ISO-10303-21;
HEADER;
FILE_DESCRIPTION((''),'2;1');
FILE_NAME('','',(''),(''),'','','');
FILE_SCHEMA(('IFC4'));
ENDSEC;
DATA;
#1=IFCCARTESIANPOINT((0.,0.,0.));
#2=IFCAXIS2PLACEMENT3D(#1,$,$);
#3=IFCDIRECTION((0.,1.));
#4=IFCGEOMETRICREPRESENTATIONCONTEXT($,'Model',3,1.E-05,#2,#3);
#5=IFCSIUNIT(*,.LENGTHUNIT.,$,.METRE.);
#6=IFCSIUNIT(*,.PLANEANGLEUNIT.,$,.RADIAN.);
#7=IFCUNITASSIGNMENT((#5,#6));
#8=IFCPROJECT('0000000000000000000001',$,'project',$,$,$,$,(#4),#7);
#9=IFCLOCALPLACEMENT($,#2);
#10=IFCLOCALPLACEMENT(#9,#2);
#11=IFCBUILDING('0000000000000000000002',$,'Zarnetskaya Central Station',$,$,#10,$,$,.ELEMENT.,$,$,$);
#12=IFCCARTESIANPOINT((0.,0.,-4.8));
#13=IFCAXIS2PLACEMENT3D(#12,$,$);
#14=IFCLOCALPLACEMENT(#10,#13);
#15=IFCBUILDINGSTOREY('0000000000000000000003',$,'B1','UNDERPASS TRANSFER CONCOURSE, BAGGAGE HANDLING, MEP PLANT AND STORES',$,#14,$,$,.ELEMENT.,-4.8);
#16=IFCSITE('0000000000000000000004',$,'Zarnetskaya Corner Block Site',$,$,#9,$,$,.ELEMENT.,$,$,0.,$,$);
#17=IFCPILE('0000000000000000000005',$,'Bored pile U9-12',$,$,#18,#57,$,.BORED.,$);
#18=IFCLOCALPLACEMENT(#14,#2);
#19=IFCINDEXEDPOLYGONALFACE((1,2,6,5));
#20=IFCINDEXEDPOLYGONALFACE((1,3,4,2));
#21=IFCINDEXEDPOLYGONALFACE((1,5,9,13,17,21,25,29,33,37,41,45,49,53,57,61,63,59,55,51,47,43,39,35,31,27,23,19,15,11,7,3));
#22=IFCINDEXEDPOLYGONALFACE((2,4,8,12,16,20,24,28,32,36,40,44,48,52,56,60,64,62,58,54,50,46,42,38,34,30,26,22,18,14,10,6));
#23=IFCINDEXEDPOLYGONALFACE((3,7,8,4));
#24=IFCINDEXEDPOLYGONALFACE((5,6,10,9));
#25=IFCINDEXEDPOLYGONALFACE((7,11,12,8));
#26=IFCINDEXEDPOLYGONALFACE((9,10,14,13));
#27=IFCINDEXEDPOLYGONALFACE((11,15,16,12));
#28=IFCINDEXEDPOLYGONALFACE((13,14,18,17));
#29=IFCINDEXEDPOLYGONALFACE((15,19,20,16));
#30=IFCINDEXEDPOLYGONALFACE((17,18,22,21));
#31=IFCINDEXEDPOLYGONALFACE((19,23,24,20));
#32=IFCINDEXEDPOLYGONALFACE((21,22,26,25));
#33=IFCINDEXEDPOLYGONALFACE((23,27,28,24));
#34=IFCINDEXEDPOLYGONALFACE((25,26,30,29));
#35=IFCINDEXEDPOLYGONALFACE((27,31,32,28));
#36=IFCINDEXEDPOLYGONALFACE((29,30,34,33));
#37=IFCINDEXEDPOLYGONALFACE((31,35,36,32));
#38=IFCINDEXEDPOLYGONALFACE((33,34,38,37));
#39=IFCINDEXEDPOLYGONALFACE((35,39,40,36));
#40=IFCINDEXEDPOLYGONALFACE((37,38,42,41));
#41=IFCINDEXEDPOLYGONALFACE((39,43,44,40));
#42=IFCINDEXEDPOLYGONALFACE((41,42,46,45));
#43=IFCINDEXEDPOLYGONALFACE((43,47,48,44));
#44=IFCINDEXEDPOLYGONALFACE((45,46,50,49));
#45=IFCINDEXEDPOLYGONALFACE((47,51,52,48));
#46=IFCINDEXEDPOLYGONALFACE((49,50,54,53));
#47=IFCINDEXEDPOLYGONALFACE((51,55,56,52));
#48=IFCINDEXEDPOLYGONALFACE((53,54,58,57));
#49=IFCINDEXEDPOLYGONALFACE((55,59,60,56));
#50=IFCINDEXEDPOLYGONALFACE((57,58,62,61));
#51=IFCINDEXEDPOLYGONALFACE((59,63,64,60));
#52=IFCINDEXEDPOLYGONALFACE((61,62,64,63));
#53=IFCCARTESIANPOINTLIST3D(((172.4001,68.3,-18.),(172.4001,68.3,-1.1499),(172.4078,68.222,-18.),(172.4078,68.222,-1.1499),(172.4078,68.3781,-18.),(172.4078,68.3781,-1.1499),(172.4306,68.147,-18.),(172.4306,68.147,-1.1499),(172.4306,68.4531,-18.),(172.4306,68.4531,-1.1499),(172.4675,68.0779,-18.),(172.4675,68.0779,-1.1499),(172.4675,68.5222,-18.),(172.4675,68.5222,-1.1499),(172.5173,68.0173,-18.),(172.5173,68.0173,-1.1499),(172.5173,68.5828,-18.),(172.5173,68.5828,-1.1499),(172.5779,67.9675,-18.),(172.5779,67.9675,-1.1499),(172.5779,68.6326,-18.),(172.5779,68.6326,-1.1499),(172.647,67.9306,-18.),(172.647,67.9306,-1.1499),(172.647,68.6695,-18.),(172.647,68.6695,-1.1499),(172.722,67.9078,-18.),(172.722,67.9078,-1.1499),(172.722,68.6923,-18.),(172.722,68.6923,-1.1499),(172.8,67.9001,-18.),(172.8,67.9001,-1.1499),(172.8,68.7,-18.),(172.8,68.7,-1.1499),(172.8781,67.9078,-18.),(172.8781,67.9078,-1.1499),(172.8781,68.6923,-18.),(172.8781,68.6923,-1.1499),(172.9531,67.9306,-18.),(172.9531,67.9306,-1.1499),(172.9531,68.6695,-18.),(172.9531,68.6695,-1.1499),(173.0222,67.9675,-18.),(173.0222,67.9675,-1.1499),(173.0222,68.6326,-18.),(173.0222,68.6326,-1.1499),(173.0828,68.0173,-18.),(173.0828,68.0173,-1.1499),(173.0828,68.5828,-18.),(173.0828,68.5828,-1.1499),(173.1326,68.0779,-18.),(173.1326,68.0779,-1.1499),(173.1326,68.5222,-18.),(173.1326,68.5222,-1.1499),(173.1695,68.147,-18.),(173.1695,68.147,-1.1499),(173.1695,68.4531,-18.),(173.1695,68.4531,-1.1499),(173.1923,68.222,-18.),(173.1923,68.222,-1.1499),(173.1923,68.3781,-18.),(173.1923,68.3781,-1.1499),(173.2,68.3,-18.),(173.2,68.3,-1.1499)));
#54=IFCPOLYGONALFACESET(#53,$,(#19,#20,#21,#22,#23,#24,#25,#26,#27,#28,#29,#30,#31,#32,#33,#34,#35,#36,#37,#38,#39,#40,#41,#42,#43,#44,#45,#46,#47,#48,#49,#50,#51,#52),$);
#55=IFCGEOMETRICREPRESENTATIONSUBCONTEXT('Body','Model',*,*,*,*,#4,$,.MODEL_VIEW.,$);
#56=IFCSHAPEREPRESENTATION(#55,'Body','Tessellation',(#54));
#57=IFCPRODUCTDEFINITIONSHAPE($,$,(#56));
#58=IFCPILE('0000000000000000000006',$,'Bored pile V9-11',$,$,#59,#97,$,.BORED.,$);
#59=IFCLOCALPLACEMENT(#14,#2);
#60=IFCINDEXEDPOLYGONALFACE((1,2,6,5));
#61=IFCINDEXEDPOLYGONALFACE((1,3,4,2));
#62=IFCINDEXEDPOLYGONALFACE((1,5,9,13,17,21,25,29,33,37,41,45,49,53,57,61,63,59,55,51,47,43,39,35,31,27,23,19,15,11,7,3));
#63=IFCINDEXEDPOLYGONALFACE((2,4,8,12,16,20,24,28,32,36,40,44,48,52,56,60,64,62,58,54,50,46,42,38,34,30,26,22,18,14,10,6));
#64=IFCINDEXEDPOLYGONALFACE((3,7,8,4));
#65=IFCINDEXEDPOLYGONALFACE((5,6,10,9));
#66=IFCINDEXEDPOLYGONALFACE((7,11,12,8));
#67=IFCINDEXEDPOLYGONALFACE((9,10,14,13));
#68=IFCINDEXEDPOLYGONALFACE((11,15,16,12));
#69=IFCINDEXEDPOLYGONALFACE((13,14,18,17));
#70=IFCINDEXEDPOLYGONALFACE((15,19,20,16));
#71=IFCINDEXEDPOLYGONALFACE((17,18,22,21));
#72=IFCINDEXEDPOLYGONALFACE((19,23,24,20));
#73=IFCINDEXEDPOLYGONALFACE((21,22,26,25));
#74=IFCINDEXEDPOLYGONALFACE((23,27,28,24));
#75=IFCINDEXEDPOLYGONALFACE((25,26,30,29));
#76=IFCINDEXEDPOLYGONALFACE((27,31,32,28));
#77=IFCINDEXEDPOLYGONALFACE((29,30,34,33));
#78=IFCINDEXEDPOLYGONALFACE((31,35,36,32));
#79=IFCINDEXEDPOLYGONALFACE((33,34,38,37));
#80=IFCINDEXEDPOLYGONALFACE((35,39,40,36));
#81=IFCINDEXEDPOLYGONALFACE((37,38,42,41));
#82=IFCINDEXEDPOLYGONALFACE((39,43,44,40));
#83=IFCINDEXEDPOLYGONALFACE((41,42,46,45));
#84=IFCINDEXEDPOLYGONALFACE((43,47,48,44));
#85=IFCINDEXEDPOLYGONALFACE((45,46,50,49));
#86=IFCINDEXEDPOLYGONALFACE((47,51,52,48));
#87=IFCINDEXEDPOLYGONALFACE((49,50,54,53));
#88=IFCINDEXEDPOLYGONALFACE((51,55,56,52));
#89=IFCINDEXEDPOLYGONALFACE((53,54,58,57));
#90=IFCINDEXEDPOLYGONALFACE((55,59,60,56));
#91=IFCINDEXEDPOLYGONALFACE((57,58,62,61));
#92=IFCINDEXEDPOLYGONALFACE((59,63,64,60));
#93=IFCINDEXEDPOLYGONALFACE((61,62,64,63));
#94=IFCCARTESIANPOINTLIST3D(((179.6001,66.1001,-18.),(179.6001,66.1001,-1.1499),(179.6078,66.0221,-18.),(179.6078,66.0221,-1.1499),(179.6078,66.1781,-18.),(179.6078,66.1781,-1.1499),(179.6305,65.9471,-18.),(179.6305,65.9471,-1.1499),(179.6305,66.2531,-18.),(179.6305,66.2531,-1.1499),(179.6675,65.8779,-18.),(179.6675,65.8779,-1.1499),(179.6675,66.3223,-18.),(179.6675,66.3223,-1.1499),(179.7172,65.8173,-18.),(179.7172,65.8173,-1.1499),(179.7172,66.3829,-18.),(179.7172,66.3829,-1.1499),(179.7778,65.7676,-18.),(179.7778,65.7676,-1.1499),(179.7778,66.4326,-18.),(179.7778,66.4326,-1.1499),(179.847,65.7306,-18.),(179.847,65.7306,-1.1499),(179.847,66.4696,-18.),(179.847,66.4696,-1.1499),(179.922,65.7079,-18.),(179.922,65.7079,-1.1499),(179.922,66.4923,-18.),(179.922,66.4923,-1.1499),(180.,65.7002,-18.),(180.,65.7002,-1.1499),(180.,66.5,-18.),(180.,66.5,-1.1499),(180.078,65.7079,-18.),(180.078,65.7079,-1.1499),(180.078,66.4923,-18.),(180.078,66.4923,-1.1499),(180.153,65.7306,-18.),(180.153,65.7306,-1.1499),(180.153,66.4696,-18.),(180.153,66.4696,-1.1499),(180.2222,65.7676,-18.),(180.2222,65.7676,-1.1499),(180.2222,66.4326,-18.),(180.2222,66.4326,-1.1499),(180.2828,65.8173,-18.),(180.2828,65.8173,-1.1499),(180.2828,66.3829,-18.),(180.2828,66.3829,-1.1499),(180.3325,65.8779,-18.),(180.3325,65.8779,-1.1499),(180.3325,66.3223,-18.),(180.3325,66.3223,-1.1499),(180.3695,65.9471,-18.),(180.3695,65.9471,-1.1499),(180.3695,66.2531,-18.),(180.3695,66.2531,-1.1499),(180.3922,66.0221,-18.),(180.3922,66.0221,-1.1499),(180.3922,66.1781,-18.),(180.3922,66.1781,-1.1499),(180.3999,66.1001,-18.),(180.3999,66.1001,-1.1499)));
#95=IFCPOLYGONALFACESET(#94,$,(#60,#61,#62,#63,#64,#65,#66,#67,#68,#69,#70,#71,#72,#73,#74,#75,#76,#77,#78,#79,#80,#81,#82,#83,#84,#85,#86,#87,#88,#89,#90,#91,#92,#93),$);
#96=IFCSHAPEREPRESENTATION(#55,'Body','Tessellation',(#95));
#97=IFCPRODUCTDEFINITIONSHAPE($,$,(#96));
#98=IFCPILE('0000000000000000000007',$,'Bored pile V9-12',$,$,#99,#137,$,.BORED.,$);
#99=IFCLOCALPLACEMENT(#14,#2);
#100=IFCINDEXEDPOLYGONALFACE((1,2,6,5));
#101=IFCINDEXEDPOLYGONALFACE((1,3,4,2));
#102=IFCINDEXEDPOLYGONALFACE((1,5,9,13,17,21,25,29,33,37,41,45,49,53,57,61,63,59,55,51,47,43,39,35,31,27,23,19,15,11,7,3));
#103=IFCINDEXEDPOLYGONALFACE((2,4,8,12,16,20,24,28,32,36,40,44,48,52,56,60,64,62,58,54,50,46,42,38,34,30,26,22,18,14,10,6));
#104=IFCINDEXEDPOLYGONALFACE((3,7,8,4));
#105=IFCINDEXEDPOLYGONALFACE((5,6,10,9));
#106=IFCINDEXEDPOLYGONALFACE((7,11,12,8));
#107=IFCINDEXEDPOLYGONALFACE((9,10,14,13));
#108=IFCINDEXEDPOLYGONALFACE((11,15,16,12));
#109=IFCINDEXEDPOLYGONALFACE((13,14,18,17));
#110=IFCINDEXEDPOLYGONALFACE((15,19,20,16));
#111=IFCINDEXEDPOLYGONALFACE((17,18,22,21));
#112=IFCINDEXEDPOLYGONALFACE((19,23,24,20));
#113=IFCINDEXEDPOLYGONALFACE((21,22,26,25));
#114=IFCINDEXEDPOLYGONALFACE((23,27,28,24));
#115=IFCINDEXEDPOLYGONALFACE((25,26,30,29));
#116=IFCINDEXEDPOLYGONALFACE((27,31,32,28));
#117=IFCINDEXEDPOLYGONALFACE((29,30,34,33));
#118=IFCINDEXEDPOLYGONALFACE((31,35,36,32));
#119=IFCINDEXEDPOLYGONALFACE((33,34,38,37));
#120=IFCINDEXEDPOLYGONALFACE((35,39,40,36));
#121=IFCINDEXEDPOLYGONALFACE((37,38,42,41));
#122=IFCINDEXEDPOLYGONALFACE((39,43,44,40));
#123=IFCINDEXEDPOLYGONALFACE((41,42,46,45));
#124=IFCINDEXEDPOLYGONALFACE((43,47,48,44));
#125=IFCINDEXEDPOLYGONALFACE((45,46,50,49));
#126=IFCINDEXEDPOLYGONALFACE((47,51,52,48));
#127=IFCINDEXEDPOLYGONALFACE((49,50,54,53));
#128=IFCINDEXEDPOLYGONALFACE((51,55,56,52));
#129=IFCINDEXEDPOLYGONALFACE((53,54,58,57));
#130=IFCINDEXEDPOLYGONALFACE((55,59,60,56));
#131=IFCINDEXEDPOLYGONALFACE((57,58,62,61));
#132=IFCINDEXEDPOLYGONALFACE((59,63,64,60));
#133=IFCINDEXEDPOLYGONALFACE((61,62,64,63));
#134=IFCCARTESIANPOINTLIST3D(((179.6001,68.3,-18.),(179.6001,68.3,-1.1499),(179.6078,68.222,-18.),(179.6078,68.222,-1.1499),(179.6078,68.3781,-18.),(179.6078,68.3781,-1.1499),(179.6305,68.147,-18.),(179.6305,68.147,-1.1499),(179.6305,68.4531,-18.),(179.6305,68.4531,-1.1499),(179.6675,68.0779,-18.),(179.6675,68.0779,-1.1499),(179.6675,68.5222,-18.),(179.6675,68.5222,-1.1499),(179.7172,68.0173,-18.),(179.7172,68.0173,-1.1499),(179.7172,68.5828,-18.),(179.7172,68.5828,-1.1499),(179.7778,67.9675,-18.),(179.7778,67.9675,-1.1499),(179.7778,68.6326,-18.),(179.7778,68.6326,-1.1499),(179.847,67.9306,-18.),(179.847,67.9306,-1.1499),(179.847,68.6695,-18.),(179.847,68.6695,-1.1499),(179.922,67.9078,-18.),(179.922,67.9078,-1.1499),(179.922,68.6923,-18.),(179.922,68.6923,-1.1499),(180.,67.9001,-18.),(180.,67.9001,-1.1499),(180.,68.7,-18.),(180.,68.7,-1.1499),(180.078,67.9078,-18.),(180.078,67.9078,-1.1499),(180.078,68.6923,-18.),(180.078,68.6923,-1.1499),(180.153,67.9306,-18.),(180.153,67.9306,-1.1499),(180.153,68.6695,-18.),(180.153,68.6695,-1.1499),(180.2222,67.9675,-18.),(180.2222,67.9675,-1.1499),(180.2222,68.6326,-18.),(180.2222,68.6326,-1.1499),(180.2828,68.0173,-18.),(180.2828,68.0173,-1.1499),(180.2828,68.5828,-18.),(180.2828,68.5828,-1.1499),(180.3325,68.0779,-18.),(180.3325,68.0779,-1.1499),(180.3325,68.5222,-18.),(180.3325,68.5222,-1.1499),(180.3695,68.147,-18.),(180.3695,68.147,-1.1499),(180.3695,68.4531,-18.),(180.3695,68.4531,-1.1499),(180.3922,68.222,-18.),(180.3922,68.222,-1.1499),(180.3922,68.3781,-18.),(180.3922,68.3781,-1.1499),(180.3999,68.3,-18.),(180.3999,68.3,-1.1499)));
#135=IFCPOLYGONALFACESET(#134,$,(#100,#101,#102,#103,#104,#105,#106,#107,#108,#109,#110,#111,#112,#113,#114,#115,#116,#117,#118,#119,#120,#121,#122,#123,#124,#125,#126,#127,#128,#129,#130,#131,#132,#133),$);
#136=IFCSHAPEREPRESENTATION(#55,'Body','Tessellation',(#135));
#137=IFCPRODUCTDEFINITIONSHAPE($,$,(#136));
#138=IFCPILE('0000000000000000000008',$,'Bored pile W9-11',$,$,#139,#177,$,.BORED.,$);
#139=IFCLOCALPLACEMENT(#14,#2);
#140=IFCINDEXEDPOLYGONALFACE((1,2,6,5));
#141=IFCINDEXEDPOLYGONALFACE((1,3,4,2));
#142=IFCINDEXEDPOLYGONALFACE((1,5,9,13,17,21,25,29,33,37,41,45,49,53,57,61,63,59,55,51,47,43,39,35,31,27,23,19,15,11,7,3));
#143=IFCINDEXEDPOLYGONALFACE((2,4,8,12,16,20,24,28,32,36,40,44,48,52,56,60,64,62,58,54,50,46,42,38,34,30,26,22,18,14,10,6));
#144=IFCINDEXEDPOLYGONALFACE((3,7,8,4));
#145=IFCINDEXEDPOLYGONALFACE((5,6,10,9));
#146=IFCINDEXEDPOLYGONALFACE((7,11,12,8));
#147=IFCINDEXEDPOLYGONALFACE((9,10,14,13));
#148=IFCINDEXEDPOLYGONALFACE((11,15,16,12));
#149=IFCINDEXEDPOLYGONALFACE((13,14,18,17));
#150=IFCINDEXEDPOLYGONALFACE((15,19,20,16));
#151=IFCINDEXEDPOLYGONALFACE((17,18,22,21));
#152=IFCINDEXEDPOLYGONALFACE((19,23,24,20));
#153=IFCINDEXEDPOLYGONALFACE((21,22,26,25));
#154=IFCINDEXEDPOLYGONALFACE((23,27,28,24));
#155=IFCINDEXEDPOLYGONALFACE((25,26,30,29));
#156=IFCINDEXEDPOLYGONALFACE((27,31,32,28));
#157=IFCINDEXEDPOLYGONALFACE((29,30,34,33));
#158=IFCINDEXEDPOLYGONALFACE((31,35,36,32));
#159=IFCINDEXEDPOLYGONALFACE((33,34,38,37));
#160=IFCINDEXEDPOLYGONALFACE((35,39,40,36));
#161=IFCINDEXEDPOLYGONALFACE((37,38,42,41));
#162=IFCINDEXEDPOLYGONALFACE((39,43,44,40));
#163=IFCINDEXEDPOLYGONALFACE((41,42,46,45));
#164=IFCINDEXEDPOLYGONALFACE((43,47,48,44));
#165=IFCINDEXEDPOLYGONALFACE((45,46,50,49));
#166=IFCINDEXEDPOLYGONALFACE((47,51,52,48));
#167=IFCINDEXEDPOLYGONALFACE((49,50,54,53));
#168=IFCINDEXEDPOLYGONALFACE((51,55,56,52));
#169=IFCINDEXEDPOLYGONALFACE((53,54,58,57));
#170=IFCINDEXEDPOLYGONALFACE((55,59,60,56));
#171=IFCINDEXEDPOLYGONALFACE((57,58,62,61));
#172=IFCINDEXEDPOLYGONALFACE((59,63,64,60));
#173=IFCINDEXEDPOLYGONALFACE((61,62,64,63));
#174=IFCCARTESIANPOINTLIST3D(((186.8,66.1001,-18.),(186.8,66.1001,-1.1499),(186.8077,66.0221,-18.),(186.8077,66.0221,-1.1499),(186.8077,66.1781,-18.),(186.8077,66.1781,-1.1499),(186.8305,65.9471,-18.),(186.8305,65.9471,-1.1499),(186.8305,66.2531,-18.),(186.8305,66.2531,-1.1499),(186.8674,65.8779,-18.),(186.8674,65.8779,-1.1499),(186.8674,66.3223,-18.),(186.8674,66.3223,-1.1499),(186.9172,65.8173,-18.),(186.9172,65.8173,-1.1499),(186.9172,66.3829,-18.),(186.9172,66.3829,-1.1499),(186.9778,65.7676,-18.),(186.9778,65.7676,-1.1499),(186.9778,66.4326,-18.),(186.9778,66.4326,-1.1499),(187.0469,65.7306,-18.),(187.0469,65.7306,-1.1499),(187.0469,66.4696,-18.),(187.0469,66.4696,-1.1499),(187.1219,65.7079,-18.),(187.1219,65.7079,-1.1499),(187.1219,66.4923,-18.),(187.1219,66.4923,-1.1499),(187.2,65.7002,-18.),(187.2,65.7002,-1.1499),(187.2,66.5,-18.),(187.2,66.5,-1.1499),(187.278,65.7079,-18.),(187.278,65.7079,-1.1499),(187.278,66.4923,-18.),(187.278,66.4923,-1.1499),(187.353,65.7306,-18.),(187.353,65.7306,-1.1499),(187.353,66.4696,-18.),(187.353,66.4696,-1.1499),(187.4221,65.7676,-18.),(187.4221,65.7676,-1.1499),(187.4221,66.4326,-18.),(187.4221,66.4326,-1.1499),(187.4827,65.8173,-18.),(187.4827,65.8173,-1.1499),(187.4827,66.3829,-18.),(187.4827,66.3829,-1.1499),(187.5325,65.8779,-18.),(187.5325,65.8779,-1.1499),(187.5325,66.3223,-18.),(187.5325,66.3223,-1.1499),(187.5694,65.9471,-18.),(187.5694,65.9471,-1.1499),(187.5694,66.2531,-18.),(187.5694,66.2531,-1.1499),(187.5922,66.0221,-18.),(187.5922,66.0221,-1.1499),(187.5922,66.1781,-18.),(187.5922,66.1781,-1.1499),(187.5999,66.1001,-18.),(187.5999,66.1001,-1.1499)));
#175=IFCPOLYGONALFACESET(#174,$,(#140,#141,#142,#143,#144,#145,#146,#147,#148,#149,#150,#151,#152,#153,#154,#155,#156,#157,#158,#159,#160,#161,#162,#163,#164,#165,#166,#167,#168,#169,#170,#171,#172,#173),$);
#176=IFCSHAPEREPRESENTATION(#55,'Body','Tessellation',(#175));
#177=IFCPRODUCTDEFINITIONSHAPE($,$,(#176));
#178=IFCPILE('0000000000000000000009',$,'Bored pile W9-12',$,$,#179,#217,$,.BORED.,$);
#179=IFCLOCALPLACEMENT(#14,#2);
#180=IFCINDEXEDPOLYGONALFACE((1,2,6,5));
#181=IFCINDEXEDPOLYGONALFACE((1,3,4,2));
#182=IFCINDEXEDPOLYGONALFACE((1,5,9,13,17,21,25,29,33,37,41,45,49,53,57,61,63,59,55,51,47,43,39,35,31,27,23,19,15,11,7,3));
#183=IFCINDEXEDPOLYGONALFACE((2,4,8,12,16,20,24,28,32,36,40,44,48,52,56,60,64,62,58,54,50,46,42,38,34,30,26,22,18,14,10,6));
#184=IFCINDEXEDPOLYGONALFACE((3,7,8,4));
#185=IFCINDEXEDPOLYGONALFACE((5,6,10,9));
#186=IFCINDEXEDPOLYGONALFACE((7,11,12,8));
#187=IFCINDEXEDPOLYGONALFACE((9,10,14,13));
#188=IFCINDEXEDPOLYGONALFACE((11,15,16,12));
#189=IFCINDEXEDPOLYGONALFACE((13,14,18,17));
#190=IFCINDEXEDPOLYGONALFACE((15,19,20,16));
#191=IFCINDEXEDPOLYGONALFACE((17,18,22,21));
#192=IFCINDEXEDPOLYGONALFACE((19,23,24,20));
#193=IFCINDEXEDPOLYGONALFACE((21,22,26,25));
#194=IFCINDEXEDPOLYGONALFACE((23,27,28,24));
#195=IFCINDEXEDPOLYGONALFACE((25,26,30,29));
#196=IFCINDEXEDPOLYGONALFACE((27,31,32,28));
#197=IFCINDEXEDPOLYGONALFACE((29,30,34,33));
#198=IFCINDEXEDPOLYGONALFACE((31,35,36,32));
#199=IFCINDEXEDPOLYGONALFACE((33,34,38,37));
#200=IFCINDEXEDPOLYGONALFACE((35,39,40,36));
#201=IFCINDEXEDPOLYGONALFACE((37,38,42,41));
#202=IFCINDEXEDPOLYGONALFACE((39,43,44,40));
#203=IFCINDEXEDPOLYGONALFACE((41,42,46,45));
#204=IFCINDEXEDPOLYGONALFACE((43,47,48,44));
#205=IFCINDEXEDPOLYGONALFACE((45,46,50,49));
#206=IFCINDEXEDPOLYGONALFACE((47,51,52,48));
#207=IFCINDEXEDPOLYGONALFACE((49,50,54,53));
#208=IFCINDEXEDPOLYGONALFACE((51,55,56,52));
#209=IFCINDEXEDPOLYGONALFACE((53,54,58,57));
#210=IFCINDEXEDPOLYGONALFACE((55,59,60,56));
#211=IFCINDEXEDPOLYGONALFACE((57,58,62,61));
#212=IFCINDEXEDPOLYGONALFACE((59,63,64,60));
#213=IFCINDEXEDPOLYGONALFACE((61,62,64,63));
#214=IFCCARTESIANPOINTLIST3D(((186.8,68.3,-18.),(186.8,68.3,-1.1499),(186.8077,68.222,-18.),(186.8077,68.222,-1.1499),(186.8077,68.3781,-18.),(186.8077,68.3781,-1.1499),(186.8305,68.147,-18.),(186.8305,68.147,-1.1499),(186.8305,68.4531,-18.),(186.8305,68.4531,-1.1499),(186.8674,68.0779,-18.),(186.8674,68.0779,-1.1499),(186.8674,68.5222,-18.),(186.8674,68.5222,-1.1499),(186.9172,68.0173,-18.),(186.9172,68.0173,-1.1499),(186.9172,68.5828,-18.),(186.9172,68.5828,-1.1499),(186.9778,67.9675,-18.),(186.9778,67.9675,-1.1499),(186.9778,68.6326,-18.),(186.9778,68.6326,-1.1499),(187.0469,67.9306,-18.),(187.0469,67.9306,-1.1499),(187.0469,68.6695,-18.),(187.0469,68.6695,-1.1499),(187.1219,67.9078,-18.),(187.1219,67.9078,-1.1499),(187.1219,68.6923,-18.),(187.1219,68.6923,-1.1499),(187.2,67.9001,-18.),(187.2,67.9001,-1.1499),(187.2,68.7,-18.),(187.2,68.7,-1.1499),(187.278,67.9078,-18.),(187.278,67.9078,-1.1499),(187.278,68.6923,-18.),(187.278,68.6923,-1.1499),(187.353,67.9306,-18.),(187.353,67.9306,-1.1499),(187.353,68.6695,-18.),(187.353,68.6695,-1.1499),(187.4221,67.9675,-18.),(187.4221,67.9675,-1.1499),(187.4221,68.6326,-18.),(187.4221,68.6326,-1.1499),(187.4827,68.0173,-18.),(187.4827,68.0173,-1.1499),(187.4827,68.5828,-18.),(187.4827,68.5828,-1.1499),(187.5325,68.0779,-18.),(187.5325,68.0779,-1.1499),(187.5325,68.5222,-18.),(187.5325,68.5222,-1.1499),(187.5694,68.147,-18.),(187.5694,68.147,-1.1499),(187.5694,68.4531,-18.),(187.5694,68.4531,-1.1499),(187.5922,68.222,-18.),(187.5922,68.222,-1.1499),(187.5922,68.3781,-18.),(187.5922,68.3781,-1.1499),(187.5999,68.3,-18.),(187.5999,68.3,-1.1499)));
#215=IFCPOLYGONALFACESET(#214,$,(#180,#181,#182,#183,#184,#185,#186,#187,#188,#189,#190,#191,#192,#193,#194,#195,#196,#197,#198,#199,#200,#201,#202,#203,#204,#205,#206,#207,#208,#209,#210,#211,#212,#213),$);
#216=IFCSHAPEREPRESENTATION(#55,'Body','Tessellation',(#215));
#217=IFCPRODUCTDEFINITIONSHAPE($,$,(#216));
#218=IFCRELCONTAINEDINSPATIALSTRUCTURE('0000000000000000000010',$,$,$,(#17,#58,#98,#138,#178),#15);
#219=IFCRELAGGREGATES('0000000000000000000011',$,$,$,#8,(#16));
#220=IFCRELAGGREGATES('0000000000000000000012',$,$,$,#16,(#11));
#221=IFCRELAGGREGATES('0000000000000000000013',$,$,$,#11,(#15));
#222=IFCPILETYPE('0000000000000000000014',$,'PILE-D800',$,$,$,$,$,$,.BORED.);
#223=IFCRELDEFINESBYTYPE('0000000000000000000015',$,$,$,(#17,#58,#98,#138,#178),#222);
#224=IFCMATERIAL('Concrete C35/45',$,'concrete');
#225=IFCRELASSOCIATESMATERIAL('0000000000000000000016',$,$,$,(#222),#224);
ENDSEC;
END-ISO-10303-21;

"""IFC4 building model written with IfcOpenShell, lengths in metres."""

from ifc_helpers import new_model, si_unit, direction, frame, origin, origin_2d, place, context, subcontext, project, spatial, circle, extrude, material, material_profile, profile_set, type_object, element, save


model = new_model("IFC4")

# Units and contexts
model_context = context("Model", 3, precision=1e-05, world=origin(), true_north=direction((0.0, 1.0)))
body_context = subcontext(model_context, "Body", "Model", "MODEL_VIEW")
ifc_project = project(units=[si_unit("LENGTHUNIT", "METRE"), si_unit("PLANEANGLEUNIT", "RADIAN")], contexts=[model_context])

# Site, building, storey
site_placement = place(None, origin())
site = spatial("IfcSite", under=ifc_project, at=site_placement, Name="Zarnetskaya Corner Block Site", CompositionType="ELEMENT", RefElevation=0.0)
building_placement = place(site_placement, origin())
building = spatial("IfcBuilding", under=site, at=building_placement, Name="Zarnetskaya Central Station", CompositionType="ELEMENT")
storey_placement = place(building_placement, frame((0.0, 0.0, -4.8)))
storey = spatial("IfcBuildingStorey", under=building, at=storey_placement, Name="B1", Description="UNDERPASS TRANSFER CONCOURSE, BAGGAGE HANDLING, MEP PLANT AND STORES", CompositionType="ELEMENT", Elevation=-4.8)

# Shared definitions
ifc_material = material(Name="Concrete C35/45", Category="concrete")

# Piles
ifc_material_profile_1 = material_profile(ifc_material, circle(Radius=0.3999, at=origin_2d()), Name="BORED PILE D800")
ifc_profile_set_1 = profile_set([ifc_material_profile_1], Name="Concrete C35/45")
pile_type = type_object("IfcPileType", Name="PILE-D800", PredefinedType="BORED", material=ifc_profile_set_1)
for number, where, z_axis, x_axis, name in (
    (1, (172.8, 68.3, -1.1499), (0.0, 0.0, -1.0), (1.0, 0.0, 0.0), "Bored pile U9-12"),
    (2, (180.0, 66.1001, -1.1499), (0.0, 0.0, -1.0), (1.0, 0.0, 0.0), "Bored pile V9-11"),
    (3, (180.0, 68.3, -1.1499), (0.0, 0.0, -1.0), (1.0, 0.0, 0.0), "Bored pile V9-12"),
    (4, (187.2, 66.1001, -1.1499), (0.0, 0.0, -1.0), (1.0, 0.0, 0.0), "Bored pile W9-11"),
    (5, (187.2, 68.3, -1.1499), (0.0, 0.0, -1.0), (1.0, 0.0, 0.0), "Bored pile W9-12"),
):
    element("IfcPile", number, at=place(storey_placement, frame(where, z_axis=z_axis, x_axis=x_axis)), inside=storey, type_object=pile_type, Name=name, PredefinedType="BORED", context=body_context, shape_type="SweptSolid", body=[
        extrude(circle(Radius=0.3999, at=origin_2d()), origin(), (0.0, 0.0, 1.0), 16.8501),
    ])

save(model, "model.ifc")
